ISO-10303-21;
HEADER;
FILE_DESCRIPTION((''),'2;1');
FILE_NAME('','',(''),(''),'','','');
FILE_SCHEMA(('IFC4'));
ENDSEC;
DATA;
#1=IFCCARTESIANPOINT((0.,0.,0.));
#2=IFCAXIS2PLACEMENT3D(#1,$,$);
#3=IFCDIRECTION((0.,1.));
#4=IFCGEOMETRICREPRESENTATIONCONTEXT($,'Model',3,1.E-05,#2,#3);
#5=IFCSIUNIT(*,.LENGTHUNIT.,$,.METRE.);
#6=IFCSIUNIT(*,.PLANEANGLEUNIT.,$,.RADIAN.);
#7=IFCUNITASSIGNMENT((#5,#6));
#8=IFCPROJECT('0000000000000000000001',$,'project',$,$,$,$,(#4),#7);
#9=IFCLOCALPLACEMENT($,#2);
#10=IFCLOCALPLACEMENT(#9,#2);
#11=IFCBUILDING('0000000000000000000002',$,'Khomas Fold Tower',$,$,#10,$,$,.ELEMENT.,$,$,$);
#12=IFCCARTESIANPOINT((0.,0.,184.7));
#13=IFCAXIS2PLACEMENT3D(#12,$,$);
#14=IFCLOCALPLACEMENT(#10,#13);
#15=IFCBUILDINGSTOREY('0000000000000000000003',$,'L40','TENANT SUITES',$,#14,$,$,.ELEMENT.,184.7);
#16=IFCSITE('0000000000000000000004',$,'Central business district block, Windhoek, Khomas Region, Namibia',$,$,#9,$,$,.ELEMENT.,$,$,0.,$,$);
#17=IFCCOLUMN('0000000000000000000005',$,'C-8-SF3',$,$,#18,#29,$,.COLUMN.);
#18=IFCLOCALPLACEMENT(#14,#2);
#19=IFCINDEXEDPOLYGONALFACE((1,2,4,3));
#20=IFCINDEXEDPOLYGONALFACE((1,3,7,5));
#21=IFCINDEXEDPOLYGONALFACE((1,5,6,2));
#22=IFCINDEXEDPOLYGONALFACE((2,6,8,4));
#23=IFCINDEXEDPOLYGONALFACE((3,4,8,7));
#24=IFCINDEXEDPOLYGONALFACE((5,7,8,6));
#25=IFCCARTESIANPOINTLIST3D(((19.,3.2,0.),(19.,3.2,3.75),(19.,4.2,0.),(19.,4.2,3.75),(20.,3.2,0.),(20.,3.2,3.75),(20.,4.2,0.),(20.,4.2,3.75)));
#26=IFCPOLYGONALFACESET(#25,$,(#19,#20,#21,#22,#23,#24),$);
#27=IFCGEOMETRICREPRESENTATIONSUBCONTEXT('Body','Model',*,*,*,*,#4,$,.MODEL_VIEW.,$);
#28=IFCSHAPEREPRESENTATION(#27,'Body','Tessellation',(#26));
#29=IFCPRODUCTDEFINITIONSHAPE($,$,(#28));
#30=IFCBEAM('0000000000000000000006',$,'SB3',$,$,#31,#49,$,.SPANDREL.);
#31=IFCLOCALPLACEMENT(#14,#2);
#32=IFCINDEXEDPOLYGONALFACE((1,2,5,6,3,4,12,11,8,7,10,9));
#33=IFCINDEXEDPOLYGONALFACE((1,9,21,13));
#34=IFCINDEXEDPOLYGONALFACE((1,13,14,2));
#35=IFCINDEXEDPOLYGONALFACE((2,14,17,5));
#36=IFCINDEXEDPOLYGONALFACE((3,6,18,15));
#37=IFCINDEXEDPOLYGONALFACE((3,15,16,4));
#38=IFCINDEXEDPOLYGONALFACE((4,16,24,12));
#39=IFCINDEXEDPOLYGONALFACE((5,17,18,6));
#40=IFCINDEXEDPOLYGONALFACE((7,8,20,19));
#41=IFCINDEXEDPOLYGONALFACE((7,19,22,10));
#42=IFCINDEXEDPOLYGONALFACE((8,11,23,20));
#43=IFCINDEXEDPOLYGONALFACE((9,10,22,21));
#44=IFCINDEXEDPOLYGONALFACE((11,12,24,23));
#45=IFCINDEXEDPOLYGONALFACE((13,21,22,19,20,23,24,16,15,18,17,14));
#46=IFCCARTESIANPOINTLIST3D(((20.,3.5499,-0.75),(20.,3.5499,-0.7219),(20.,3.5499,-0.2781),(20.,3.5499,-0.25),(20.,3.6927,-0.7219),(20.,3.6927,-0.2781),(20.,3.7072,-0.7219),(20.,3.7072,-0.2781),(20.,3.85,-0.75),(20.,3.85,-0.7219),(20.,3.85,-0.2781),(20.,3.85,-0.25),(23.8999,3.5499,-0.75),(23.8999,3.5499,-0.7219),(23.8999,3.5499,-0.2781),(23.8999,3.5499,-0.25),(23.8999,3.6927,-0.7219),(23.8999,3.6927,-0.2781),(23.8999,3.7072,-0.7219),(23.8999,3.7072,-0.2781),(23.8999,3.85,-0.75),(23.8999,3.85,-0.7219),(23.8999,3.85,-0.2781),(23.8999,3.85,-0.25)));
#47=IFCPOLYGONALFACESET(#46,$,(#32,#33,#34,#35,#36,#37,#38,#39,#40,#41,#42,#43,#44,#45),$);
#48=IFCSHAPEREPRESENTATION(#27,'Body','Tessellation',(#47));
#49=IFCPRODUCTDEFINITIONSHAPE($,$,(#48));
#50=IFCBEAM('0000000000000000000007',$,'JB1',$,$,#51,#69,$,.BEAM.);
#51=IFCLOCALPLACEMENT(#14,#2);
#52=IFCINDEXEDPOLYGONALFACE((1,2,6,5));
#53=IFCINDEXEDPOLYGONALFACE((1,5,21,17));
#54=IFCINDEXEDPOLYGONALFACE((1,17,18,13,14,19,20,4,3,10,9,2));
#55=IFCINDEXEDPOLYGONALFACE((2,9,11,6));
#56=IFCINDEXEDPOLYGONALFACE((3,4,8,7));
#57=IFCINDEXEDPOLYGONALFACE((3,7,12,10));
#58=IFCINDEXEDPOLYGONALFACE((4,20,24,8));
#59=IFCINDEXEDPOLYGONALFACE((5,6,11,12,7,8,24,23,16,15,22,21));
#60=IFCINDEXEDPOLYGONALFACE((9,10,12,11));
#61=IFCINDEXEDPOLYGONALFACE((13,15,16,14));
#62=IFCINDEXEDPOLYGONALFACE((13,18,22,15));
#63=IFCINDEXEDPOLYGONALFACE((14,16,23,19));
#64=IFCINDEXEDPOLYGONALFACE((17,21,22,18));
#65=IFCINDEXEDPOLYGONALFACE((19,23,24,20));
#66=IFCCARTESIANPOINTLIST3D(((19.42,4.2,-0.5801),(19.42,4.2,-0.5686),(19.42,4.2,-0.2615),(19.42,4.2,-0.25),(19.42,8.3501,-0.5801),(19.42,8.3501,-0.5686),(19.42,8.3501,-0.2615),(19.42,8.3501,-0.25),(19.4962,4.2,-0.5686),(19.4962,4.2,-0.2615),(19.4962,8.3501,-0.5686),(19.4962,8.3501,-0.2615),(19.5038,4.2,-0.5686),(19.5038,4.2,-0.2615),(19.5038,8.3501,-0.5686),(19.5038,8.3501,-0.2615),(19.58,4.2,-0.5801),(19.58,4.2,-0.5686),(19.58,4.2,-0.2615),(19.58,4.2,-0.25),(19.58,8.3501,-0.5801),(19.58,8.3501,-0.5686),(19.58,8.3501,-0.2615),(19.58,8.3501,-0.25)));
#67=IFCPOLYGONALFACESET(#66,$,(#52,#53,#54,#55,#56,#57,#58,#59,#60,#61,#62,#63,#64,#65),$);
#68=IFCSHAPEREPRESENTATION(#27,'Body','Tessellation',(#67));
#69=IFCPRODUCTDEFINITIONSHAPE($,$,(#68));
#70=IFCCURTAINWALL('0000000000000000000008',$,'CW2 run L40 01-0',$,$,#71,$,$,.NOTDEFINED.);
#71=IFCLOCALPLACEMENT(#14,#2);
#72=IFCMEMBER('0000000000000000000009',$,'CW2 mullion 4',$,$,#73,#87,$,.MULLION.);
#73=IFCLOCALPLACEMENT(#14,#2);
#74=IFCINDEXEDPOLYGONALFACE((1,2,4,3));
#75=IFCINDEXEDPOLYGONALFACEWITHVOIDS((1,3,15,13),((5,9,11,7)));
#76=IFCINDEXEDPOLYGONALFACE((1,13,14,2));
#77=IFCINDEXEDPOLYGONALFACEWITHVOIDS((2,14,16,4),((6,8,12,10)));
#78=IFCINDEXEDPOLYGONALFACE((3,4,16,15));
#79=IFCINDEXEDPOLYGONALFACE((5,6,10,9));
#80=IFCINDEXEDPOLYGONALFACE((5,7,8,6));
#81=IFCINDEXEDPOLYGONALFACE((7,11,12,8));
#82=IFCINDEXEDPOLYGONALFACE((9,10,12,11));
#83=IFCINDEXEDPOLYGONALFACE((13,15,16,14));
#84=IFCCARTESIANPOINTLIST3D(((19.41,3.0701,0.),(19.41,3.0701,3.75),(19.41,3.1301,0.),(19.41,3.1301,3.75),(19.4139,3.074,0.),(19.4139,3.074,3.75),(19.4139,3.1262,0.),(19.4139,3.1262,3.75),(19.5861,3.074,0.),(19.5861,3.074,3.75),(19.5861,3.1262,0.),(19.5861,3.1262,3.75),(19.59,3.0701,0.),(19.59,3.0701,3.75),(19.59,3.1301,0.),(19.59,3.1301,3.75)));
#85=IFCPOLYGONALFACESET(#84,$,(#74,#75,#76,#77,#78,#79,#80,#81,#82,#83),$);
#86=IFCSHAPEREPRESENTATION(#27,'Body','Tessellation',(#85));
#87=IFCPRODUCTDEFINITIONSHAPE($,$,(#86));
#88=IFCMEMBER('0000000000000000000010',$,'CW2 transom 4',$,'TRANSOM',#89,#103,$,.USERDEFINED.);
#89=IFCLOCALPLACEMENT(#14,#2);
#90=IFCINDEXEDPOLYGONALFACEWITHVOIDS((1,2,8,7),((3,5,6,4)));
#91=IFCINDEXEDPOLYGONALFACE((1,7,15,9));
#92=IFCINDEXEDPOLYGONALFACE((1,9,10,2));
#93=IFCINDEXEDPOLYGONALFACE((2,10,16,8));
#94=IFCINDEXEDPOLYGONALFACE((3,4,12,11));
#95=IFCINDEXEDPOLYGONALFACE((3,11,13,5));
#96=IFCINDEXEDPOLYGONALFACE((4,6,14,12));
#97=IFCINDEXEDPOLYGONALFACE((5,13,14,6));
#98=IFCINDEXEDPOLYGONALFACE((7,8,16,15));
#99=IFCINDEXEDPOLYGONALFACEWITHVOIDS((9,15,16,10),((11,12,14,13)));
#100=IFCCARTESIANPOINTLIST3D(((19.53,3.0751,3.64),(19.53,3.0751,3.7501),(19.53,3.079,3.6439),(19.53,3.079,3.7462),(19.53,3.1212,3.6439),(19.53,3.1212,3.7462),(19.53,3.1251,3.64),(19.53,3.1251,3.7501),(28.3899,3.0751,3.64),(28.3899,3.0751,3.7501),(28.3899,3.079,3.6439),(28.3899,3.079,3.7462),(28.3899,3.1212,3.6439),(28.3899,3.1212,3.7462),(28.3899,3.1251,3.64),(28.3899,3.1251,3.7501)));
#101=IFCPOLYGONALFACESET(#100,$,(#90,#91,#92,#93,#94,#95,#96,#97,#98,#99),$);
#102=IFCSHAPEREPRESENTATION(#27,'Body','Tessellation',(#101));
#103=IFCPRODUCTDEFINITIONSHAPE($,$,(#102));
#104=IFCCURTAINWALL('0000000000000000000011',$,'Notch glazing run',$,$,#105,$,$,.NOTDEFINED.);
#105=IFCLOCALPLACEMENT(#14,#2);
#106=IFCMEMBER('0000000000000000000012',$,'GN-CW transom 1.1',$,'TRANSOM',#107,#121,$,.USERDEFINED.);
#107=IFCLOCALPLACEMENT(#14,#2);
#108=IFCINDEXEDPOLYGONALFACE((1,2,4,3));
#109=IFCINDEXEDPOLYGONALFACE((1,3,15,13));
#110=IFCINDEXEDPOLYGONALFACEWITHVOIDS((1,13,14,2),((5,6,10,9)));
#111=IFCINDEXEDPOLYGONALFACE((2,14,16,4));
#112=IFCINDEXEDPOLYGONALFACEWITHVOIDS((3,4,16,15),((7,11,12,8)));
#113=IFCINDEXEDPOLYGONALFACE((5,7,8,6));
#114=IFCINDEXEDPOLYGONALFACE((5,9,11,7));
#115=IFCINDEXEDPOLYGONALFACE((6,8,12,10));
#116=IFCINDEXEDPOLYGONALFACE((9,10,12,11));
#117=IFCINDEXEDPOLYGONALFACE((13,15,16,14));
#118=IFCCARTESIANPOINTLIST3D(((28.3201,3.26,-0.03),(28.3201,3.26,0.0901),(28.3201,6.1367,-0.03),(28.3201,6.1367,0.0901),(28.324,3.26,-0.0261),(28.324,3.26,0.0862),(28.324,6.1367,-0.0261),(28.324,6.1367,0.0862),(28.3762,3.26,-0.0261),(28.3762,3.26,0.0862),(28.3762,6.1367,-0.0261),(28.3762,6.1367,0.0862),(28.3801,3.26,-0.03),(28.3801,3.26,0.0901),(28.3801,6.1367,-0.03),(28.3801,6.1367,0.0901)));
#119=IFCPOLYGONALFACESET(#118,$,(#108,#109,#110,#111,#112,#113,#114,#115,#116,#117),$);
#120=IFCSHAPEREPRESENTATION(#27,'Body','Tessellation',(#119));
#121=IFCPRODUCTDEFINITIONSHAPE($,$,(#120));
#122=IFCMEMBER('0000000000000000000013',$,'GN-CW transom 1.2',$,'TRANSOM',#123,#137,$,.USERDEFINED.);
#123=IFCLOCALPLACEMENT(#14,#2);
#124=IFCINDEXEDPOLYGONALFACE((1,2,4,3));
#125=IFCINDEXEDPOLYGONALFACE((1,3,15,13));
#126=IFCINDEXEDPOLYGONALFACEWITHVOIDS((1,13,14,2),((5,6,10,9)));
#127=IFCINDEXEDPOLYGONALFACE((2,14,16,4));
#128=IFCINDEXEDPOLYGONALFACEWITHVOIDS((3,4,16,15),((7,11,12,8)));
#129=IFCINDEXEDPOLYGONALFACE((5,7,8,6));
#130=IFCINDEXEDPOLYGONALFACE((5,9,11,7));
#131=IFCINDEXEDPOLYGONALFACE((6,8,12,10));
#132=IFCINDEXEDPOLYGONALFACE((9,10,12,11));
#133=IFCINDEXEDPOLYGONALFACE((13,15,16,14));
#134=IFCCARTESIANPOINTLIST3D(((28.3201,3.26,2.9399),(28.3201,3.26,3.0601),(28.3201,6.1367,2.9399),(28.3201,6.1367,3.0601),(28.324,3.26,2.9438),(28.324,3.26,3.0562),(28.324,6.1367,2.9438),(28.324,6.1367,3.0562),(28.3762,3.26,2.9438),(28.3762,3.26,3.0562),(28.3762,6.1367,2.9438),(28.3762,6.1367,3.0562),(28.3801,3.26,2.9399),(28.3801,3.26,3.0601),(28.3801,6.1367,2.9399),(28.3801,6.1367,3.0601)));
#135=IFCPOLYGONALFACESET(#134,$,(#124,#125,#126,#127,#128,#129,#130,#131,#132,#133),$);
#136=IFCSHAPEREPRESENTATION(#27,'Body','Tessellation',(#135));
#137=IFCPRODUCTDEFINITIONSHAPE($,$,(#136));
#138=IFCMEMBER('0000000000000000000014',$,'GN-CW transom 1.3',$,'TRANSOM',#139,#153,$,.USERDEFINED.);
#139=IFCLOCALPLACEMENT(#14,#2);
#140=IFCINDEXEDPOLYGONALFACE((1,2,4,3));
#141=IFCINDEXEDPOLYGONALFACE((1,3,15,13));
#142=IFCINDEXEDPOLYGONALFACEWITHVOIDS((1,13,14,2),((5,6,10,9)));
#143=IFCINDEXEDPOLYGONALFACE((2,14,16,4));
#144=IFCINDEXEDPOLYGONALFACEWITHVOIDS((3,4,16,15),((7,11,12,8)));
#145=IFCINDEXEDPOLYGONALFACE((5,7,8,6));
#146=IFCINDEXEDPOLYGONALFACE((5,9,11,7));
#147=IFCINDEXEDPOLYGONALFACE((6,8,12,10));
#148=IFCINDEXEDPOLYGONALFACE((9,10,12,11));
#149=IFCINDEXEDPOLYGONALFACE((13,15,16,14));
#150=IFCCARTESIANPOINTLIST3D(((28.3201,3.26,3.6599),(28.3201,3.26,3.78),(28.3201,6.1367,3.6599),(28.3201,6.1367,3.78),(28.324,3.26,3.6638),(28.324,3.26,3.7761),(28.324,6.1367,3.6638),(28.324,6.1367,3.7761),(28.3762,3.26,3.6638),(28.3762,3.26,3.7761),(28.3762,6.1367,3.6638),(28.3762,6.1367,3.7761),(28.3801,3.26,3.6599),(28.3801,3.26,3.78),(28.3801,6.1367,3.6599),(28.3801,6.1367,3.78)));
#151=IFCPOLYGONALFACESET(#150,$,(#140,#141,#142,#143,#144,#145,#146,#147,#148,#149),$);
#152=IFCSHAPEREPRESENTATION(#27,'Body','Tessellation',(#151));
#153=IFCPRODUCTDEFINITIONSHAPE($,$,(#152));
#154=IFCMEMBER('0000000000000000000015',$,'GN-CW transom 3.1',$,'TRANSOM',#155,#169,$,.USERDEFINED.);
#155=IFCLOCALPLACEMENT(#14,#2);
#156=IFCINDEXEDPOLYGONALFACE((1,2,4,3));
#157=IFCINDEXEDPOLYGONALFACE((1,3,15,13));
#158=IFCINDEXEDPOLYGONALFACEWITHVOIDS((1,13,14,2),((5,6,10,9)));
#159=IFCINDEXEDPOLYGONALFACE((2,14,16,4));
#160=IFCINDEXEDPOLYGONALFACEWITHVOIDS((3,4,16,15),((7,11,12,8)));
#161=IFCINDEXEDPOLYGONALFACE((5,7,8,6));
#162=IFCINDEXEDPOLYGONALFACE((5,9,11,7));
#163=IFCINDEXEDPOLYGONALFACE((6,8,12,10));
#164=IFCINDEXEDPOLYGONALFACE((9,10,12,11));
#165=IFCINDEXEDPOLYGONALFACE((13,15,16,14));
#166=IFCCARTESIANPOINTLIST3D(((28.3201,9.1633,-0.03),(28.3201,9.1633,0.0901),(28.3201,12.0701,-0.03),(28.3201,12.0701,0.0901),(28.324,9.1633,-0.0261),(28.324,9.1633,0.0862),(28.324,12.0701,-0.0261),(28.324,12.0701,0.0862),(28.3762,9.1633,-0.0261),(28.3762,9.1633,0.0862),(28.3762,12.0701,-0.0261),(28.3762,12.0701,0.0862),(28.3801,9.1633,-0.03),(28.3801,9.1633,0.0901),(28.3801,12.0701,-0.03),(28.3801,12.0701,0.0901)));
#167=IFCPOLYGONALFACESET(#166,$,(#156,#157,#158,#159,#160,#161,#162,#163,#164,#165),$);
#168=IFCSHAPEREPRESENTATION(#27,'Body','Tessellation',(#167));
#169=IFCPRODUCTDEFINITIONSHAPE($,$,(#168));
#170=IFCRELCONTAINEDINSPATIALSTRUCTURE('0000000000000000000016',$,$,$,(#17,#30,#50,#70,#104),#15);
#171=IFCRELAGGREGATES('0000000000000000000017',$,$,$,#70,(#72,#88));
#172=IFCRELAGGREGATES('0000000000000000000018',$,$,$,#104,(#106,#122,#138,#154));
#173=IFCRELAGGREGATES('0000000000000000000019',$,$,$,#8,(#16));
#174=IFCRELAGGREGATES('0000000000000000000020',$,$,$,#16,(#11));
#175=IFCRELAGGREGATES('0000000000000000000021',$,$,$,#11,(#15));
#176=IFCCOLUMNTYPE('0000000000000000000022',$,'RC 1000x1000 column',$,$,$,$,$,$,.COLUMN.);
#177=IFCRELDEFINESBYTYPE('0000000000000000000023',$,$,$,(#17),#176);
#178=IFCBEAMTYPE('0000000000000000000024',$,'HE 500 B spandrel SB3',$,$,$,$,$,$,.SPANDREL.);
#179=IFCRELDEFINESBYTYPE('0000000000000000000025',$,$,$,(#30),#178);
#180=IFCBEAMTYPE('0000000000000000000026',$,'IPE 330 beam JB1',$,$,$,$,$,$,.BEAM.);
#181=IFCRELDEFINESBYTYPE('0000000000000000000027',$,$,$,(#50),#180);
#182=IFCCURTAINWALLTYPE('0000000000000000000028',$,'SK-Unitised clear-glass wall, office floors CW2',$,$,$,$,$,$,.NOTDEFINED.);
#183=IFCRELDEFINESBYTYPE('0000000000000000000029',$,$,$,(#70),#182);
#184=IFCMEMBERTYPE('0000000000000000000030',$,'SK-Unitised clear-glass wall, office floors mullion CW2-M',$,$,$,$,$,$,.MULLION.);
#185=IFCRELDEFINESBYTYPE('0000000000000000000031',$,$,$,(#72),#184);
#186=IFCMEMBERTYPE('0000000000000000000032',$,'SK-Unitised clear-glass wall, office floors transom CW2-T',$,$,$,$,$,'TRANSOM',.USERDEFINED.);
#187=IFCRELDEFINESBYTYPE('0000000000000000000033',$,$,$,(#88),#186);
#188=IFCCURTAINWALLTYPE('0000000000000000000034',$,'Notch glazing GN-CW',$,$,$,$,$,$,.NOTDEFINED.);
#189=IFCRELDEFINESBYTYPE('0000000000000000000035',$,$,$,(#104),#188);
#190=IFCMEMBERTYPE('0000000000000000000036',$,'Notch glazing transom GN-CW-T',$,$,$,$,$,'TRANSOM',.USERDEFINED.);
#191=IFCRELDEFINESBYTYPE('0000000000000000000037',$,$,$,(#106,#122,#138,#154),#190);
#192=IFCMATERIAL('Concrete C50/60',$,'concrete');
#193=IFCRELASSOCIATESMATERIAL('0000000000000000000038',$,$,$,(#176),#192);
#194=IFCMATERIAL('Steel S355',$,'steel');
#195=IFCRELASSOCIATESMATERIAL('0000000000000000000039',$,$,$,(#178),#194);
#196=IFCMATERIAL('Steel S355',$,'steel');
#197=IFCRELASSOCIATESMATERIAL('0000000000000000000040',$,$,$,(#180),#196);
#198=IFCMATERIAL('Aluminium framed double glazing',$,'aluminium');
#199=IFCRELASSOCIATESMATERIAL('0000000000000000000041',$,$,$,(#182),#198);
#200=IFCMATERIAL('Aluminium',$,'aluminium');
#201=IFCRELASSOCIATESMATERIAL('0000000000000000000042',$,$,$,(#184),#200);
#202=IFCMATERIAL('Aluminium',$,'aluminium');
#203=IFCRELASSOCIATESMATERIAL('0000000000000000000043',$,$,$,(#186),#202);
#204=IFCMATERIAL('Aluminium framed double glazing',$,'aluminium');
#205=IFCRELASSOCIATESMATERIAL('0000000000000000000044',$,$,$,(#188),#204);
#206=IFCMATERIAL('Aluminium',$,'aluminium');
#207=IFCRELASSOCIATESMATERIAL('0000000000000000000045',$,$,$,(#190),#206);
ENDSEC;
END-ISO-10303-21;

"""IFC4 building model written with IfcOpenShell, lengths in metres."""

from ifc_helpers import new_model, si_unit, direction, frame, origin, origin_2d, place, context, subcontext, project, spatial, rectangle, hollow_rectangle, i_section, extrude, source, transform, mapped, material, material_profile, profile_set, type_object, element, aggregate, save


model = new_model("IFC4")

# Units and contexts
model_context = context("Model", 3, precision=1e-05, world=origin(), true_north=direction((0.0, 1.0)))
body_context = subcontext(model_context, "Body", "Model", "MODEL_VIEW")
ifc_project = project(units=[si_unit("LENGTHUNIT", "METRE"), si_unit("PLANEANGLEUNIT", "RADIAN")], contexts=[model_context])

# Site, building, storey
site_placement = place(None, origin())
site = spatial("IfcSite", under=ifc_project, at=site_placement, Name="Central business district block, Windhoek, Khomas Region, Namibia", CompositionType="ELEMENT", RefElevation=0.0)
building_placement = place(site_placement, origin())
building = spatial("IfcBuilding", under=site, at=building_placement, Name="Khomas Fold Tower", CompositionType="ELEMENT")
storey_placement = place(building_placement, frame((0.0, 0.0, 184.7)))
storey = spatial("IfcBuildingStorey", under=building, at=storey_placement, Name="L40", Description="TENANT SUITES", CompositionType="ELEMENT", Elevation=184.7)

# Column
ifc_material_1 = material(Name="Concrete C50/60", Category="concrete")
ifc_material_profile_1 = material_profile(ifc_material_1, rectangle(XDim=1.0, YDim=1.0, at=origin_2d()), Name="RC 1000x1000")
ifc_profile_set_1 = profile_set([ifc_material_profile_1], Name="Concrete C50/60")
column_type = type_object("IfcColumnType", Name="RC 1000x1000 column", PredefinedType="COLUMN", material=ifc_profile_set_1)
shared_shape_1 = source(origin(), body_context, "Body", "SweptSolid", [
    extrude(rectangle(XDim=1.0, YDim=1.0, at=origin_2d()), origin(), (0.0, 0.0, 1.0), 3.75),
])
column_placement = place(storey_placement, frame((19.5, 3.7, 0.0), z_axis=(0.0, 0.0, 1.0), x_axis=(1.0, 0.0, 0.0)))
element("IfcColumn", 1, at=column_placement, inside=storey, type_object=column_type, Name="C-8-SF3", PredefinedType="COLUMN", context=body_context, shape_type="MappedRepresentation", body=[
    mapped(shared_shape_1, transform((0.0, 0.0, 0.0))),
])

# Beams
ifc_material_2 = material(Name="Steel S355", Category="steel")
ifc_material_profile_2 = material_profile(ifc_material_2, i_section(OverallWidth=0.3, OverallDepth=0.5, WebThickness=0.0144, FlangeThickness=0.0281, at=origin_2d()), Name="HE 500 B")
ifc_profile_set_2 = profile_set([ifc_material_profile_2], Name="Steel S355")
beam_type_1 = type_object("IfcBeamType", Name="HE 500 B spandrel SB3", PredefinedType="SPANDREL", material=ifc_profile_set_2)
shared_shape_2 = source(origin(), body_context, "Body", "SweptSolid", [
    extrude(i_section(OverallWidth=0.3, OverallDepth=0.5, WebThickness=0.0144, FlangeThickness=0.0281, at=origin_2d()), origin(), (0.0, 0.0, 1.0), 3.8999),
])
beam_1_placement = place(storey_placement, frame((20.0, 3.7, -0.5), z_axis=(1.0, 0.0, 0.0), x_axis=(0.0, 1.0, 0.0)))
element("IfcBeam", 2, at=beam_1_placement, inside=storey, type_object=beam_type_1, Name="SB3", PredefinedType="SPANDREL", context=body_context, shape_type="MappedRepresentation", body=[
    mapped(shared_shape_2, transform((0.0, 0.0, 0.0))),
])
ifc_material_3 = material(Name="Steel S355", Category="steel")
ifc_material_profile_3 = material_profile(ifc_material_3, i_section(OverallWidth=0.1599, OverallDepth=0.3301, WebThickness=0.0076, FlangeThickness=0.0115, at=origin_2d()), Name="IPE 330")
ifc_profile_set_3 = profile_set([ifc_material_profile_3], Name="Steel S355")
beam_type_2 = type_object("IfcBeamType", Name="IPE 330 beam JB1", PredefinedType="BEAM", material=ifc_profile_set_3)
shared_shape_3 = source(origin(), body_context, "Body", "SweptSolid", [
    extrude(i_section(OverallWidth=0.1599, OverallDepth=0.3301, WebThickness=0.0076, FlangeThickness=0.0115, at=origin_2d()), origin(), (0.0, 0.0, 1.0), 4.1501),
])
beam_2_placement = place(storey_placement, frame((19.5, 4.2, -0.415), z_axis=(0.0, 1.0, 0.0), x_axis=(-1.0, 0.0, 0.0)))
element("IfcBeam", 3, at=beam_2_placement, inside=storey, type_object=beam_type_2, Name="JB1", PredefinedType="BEAM", context=body_context, shape_type="MappedRepresentation", body=[
    mapped(shared_shape_3, transform((0.0, 0.0, 0.0))),
])

# Curtain walls, members
ifc_material_4 = material(Name="Aluminium framed double glazing", Category="aluminium")
curtain_wall_type_1 = type_object("IfcCurtainWallType", Name="SK-Unitised clear-glass wall, office floors CW2", PredefinedType="NOTDEFINED", material=ifc_material_4)
curtain_wall_1_placement = place(storey_placement, origin())
curtain_wall_1 = element("IfcCurtainWall", 4, at=curtain_wall_1_placement, inside=storey, type_object=curtain_wall_type_1, Name="CW2 run L40 01-0", PredefinedType="NOTDEFINED")
ifc_material_5 = material(Name="Aluminium", Category="aluminium")
ifc_material_profile_4 = material_profile(ifc_material_5, hollow_rectangle(XDim=0.0601, YDim=0.1799, WallThickness=0.0039, at=origin_2d()), Name="SK-Unitised clear-glass wall, office floors mullion CW2-M")
ifc_profile_set_4 = profile_set([ifc_material_profile_4], Name="Aluminium")
member_type_1 = type_object("IfcMemberType", Name="SK-Unitised clear-glass wall, office floors mullion CW2-M", PredefinedType="MULLION", material=ifc_profile_set_4)
shared_shape_4 = source(origin(), body_context, "Body", "SweptSolid", [
    extrude(hollow_rectangle(XDim=0.0601, YDim=0.1799, WallThickness=0.0039, at=origin_2d()), origin(), (0.0, 0.0, 1.0), 3.75),
])
member_1_placement = place(storey_placement, frame((19.5, 3.1001, 0.0), z_axis=(0.0, 0.0, 1.0), x_axis=(0.0, 1.0, 0.0)))
member_1 = element("IfcMember", 5, at=member_1_placement, type_object=member_type_1, Name="CW2 mullion 4", PredefinedType="MULLION", context=body_context, shape_type="MappedRepresentation", body=[
    mapped(shared_shape_4, transform((0.0, 0.0, 0.0))),
])
ifc_material_6 = material(Name="Aluminium", Category="aluminium")
ifc_material_profile_5 = material_profile(ifc_material_6, hollow_rectangle(XDim=0.05, YDim=0.1101, WallThickness=0.0039, at=origin_2d()), Name="SK-Unitised clear-glass wall, office floors transom CW2-T")
ifc_profile_set_5 = profile_set([ifc_material_profile_5], Name="Aluminium")
member_type_2 = type_object("IfcMemberType", Name="SK-Unitised clear-glass wall, office floors transom CW2-T", ElementType="TRANSOM", PredefinedType="USERDEFINED", material=ifc_profile_set_5)
shared_shape_5 = source(origin(), body_context, "Body", "SweptSolid", [
    extrude(hollow_rectangle(XDim=0.05, YDim=0.1101, WallThickness=0.0039, at=origin_2d()), origin(), (0.0, 0.0, 1.0), 8.8599),
])
member_2_placement = place(storey_placement, frame((19.53, 3.1001, 3.6951), z_axis=(1.0, 0.0, 0.0), x_axis=(0.0, 1.0, 0.0)))
member_2 = element("IfcMember", 6, at=member_2_placement, type_object=member_type_2, Name="CW2 transom 4", ObjectType="TRANSOM", PredefinedType="USERDEFINED", context=body_context, shape_type="MappedRepresentation", body=[
    mapped(shared_shape_5, transform((0.0, 0.0, 0.0))),
])
ifc_material_7 = material(Name="Aluminium framed double glazing", Category="aluminium")
curtain_wall_type_2 = type_object("IfcCurtainWallType", Name="Notch glazing GN-CW", PredefinedType="NOTDEFINED", material=ifc_material_7)
curtain_wall_2_placement = place(storey_placement, origin())
curtain_wall_2 = element("IfcCurtainWall", 7, at=curtain_wall_2_placement, inside=storey, type_object=curtain_wall_type_2, Name="Notch glazing run", PredefinedType="NOTDEFINED")
ifc_material_8 = material(Name="Aluminium", Category="aluminium")
ifc_material_profile_6 = material_profile(ifc_material_8, hollow_rectangle(XDim=0.0601, YDim=0.1201, WallThickness=0.0039, at=origin_2d()), Name="Notch glazing transom GN-CW-T")
ifc_profile_set_6 = profile_set([ifc_material_profile_6], Name="Aluminium")
member_type_3 = type_object("IfcMemberType", Name="Notch glazing transom GN-CW-T", ElementType="TRANSOM", PredefinedType="USERDEFINED", material=ifc_profile_set_6)
shared_shape_6 = source(origin(), body_context, "Body", "SweptSolid", [
    extrude(hollow_rectangle(XDim=0.0601, YDim=0.1201, WallThickness=0.0039, at=origin_2d()), origin(), (0.0, 0.0, 1.0), 2.8767),
])
member_3_placement = place(storey_placement, frame((28.3501, 3.26, 0.03), z_axis=(0.0, 1.0, 0.0), x_axis=(-1.0, 0.0, 0.0)))
member_3 = element("IfcMember", 8, at=member_3_placement, type_object=member_type_3, Name="GN-CW transom 1.1", ObjectType="TRANSOM", PredefinedType="USERDEFINED", context=body_context, shape_type="MappedRepresentation", body=[
    mapped(shared_shape_6, transform((0.0, 0.0, 0.0))),
])
member_4_placement = place(storey_placement, frame((28.3501, 3.26, 3.0), z_axis=(0.0, 1.0, 0.0), x_axis=(-1.0, 0.0, 0.0)))
member_4 = element("IfcMember", 9, at=member_4_placement, type_object=member_type_3, Name="GN-CW transom 1.2", ObjectType="TRANSOM", PredefinedType="USERDEFINED", context=body_context, shape_type="MappedRepresentation", body=[
    mapped(shared_shape_6, transform((0.0, 0.0, 0.0))),
])
member_5_placement = place(storey_placement, frame((28.3501, 3.26, 3.72), z_axis=(0.0, 1.0, 0.0), x_axis=(-1.0, 0.0, 0.0)))
member_5 = element("IfcMember", 10, at=member_5_placement, type_object=member_type_3, Name="GN-CW transom 1.3", ObjectType="TRANSOM", PredefinedType="USERDEFINED", context=body_context, shape_type="MappedRepresentation", body=[
    mapped(shared_shape_6, transform((0.0, 0.0, 0.0))),
])
shared_shape_7 = source(origin(), body_context, "Body", "SweptSolid", [
    extrude(hollow_rectangle(XDim=0.0601, YDim=0.1201, WallThickness=0.0039, at=origin_2d()), origin(), (0.0, 0.0, 1.0), 2.9067),
])
member_6_placement = place(storey_placement, frame((28.3501, 9.1633, 0.03), z_axis=(0.0, 1.0, 0.0), x_axis=(-1.0, 0.0, 0.0)))
member_6 = element("IfcMember", 11, at=member_6_placement, type_object=member_type_3, Name="GN-CW transom 3.1", ObjectType="TRANSOM", PredefinedType="USERDEFINED", context=body_context, shape_type="MappedRepresentation", body=[
    mapped(shared_shape_7, transform((0.0, 0.0, 0.0))),
])

aggregate(curtain_wall_1, [member_1, member_2])
aggregate(curtain_wall_2, [member_3, member_4, member_5, member_6])

save(model, "model.ifc")
